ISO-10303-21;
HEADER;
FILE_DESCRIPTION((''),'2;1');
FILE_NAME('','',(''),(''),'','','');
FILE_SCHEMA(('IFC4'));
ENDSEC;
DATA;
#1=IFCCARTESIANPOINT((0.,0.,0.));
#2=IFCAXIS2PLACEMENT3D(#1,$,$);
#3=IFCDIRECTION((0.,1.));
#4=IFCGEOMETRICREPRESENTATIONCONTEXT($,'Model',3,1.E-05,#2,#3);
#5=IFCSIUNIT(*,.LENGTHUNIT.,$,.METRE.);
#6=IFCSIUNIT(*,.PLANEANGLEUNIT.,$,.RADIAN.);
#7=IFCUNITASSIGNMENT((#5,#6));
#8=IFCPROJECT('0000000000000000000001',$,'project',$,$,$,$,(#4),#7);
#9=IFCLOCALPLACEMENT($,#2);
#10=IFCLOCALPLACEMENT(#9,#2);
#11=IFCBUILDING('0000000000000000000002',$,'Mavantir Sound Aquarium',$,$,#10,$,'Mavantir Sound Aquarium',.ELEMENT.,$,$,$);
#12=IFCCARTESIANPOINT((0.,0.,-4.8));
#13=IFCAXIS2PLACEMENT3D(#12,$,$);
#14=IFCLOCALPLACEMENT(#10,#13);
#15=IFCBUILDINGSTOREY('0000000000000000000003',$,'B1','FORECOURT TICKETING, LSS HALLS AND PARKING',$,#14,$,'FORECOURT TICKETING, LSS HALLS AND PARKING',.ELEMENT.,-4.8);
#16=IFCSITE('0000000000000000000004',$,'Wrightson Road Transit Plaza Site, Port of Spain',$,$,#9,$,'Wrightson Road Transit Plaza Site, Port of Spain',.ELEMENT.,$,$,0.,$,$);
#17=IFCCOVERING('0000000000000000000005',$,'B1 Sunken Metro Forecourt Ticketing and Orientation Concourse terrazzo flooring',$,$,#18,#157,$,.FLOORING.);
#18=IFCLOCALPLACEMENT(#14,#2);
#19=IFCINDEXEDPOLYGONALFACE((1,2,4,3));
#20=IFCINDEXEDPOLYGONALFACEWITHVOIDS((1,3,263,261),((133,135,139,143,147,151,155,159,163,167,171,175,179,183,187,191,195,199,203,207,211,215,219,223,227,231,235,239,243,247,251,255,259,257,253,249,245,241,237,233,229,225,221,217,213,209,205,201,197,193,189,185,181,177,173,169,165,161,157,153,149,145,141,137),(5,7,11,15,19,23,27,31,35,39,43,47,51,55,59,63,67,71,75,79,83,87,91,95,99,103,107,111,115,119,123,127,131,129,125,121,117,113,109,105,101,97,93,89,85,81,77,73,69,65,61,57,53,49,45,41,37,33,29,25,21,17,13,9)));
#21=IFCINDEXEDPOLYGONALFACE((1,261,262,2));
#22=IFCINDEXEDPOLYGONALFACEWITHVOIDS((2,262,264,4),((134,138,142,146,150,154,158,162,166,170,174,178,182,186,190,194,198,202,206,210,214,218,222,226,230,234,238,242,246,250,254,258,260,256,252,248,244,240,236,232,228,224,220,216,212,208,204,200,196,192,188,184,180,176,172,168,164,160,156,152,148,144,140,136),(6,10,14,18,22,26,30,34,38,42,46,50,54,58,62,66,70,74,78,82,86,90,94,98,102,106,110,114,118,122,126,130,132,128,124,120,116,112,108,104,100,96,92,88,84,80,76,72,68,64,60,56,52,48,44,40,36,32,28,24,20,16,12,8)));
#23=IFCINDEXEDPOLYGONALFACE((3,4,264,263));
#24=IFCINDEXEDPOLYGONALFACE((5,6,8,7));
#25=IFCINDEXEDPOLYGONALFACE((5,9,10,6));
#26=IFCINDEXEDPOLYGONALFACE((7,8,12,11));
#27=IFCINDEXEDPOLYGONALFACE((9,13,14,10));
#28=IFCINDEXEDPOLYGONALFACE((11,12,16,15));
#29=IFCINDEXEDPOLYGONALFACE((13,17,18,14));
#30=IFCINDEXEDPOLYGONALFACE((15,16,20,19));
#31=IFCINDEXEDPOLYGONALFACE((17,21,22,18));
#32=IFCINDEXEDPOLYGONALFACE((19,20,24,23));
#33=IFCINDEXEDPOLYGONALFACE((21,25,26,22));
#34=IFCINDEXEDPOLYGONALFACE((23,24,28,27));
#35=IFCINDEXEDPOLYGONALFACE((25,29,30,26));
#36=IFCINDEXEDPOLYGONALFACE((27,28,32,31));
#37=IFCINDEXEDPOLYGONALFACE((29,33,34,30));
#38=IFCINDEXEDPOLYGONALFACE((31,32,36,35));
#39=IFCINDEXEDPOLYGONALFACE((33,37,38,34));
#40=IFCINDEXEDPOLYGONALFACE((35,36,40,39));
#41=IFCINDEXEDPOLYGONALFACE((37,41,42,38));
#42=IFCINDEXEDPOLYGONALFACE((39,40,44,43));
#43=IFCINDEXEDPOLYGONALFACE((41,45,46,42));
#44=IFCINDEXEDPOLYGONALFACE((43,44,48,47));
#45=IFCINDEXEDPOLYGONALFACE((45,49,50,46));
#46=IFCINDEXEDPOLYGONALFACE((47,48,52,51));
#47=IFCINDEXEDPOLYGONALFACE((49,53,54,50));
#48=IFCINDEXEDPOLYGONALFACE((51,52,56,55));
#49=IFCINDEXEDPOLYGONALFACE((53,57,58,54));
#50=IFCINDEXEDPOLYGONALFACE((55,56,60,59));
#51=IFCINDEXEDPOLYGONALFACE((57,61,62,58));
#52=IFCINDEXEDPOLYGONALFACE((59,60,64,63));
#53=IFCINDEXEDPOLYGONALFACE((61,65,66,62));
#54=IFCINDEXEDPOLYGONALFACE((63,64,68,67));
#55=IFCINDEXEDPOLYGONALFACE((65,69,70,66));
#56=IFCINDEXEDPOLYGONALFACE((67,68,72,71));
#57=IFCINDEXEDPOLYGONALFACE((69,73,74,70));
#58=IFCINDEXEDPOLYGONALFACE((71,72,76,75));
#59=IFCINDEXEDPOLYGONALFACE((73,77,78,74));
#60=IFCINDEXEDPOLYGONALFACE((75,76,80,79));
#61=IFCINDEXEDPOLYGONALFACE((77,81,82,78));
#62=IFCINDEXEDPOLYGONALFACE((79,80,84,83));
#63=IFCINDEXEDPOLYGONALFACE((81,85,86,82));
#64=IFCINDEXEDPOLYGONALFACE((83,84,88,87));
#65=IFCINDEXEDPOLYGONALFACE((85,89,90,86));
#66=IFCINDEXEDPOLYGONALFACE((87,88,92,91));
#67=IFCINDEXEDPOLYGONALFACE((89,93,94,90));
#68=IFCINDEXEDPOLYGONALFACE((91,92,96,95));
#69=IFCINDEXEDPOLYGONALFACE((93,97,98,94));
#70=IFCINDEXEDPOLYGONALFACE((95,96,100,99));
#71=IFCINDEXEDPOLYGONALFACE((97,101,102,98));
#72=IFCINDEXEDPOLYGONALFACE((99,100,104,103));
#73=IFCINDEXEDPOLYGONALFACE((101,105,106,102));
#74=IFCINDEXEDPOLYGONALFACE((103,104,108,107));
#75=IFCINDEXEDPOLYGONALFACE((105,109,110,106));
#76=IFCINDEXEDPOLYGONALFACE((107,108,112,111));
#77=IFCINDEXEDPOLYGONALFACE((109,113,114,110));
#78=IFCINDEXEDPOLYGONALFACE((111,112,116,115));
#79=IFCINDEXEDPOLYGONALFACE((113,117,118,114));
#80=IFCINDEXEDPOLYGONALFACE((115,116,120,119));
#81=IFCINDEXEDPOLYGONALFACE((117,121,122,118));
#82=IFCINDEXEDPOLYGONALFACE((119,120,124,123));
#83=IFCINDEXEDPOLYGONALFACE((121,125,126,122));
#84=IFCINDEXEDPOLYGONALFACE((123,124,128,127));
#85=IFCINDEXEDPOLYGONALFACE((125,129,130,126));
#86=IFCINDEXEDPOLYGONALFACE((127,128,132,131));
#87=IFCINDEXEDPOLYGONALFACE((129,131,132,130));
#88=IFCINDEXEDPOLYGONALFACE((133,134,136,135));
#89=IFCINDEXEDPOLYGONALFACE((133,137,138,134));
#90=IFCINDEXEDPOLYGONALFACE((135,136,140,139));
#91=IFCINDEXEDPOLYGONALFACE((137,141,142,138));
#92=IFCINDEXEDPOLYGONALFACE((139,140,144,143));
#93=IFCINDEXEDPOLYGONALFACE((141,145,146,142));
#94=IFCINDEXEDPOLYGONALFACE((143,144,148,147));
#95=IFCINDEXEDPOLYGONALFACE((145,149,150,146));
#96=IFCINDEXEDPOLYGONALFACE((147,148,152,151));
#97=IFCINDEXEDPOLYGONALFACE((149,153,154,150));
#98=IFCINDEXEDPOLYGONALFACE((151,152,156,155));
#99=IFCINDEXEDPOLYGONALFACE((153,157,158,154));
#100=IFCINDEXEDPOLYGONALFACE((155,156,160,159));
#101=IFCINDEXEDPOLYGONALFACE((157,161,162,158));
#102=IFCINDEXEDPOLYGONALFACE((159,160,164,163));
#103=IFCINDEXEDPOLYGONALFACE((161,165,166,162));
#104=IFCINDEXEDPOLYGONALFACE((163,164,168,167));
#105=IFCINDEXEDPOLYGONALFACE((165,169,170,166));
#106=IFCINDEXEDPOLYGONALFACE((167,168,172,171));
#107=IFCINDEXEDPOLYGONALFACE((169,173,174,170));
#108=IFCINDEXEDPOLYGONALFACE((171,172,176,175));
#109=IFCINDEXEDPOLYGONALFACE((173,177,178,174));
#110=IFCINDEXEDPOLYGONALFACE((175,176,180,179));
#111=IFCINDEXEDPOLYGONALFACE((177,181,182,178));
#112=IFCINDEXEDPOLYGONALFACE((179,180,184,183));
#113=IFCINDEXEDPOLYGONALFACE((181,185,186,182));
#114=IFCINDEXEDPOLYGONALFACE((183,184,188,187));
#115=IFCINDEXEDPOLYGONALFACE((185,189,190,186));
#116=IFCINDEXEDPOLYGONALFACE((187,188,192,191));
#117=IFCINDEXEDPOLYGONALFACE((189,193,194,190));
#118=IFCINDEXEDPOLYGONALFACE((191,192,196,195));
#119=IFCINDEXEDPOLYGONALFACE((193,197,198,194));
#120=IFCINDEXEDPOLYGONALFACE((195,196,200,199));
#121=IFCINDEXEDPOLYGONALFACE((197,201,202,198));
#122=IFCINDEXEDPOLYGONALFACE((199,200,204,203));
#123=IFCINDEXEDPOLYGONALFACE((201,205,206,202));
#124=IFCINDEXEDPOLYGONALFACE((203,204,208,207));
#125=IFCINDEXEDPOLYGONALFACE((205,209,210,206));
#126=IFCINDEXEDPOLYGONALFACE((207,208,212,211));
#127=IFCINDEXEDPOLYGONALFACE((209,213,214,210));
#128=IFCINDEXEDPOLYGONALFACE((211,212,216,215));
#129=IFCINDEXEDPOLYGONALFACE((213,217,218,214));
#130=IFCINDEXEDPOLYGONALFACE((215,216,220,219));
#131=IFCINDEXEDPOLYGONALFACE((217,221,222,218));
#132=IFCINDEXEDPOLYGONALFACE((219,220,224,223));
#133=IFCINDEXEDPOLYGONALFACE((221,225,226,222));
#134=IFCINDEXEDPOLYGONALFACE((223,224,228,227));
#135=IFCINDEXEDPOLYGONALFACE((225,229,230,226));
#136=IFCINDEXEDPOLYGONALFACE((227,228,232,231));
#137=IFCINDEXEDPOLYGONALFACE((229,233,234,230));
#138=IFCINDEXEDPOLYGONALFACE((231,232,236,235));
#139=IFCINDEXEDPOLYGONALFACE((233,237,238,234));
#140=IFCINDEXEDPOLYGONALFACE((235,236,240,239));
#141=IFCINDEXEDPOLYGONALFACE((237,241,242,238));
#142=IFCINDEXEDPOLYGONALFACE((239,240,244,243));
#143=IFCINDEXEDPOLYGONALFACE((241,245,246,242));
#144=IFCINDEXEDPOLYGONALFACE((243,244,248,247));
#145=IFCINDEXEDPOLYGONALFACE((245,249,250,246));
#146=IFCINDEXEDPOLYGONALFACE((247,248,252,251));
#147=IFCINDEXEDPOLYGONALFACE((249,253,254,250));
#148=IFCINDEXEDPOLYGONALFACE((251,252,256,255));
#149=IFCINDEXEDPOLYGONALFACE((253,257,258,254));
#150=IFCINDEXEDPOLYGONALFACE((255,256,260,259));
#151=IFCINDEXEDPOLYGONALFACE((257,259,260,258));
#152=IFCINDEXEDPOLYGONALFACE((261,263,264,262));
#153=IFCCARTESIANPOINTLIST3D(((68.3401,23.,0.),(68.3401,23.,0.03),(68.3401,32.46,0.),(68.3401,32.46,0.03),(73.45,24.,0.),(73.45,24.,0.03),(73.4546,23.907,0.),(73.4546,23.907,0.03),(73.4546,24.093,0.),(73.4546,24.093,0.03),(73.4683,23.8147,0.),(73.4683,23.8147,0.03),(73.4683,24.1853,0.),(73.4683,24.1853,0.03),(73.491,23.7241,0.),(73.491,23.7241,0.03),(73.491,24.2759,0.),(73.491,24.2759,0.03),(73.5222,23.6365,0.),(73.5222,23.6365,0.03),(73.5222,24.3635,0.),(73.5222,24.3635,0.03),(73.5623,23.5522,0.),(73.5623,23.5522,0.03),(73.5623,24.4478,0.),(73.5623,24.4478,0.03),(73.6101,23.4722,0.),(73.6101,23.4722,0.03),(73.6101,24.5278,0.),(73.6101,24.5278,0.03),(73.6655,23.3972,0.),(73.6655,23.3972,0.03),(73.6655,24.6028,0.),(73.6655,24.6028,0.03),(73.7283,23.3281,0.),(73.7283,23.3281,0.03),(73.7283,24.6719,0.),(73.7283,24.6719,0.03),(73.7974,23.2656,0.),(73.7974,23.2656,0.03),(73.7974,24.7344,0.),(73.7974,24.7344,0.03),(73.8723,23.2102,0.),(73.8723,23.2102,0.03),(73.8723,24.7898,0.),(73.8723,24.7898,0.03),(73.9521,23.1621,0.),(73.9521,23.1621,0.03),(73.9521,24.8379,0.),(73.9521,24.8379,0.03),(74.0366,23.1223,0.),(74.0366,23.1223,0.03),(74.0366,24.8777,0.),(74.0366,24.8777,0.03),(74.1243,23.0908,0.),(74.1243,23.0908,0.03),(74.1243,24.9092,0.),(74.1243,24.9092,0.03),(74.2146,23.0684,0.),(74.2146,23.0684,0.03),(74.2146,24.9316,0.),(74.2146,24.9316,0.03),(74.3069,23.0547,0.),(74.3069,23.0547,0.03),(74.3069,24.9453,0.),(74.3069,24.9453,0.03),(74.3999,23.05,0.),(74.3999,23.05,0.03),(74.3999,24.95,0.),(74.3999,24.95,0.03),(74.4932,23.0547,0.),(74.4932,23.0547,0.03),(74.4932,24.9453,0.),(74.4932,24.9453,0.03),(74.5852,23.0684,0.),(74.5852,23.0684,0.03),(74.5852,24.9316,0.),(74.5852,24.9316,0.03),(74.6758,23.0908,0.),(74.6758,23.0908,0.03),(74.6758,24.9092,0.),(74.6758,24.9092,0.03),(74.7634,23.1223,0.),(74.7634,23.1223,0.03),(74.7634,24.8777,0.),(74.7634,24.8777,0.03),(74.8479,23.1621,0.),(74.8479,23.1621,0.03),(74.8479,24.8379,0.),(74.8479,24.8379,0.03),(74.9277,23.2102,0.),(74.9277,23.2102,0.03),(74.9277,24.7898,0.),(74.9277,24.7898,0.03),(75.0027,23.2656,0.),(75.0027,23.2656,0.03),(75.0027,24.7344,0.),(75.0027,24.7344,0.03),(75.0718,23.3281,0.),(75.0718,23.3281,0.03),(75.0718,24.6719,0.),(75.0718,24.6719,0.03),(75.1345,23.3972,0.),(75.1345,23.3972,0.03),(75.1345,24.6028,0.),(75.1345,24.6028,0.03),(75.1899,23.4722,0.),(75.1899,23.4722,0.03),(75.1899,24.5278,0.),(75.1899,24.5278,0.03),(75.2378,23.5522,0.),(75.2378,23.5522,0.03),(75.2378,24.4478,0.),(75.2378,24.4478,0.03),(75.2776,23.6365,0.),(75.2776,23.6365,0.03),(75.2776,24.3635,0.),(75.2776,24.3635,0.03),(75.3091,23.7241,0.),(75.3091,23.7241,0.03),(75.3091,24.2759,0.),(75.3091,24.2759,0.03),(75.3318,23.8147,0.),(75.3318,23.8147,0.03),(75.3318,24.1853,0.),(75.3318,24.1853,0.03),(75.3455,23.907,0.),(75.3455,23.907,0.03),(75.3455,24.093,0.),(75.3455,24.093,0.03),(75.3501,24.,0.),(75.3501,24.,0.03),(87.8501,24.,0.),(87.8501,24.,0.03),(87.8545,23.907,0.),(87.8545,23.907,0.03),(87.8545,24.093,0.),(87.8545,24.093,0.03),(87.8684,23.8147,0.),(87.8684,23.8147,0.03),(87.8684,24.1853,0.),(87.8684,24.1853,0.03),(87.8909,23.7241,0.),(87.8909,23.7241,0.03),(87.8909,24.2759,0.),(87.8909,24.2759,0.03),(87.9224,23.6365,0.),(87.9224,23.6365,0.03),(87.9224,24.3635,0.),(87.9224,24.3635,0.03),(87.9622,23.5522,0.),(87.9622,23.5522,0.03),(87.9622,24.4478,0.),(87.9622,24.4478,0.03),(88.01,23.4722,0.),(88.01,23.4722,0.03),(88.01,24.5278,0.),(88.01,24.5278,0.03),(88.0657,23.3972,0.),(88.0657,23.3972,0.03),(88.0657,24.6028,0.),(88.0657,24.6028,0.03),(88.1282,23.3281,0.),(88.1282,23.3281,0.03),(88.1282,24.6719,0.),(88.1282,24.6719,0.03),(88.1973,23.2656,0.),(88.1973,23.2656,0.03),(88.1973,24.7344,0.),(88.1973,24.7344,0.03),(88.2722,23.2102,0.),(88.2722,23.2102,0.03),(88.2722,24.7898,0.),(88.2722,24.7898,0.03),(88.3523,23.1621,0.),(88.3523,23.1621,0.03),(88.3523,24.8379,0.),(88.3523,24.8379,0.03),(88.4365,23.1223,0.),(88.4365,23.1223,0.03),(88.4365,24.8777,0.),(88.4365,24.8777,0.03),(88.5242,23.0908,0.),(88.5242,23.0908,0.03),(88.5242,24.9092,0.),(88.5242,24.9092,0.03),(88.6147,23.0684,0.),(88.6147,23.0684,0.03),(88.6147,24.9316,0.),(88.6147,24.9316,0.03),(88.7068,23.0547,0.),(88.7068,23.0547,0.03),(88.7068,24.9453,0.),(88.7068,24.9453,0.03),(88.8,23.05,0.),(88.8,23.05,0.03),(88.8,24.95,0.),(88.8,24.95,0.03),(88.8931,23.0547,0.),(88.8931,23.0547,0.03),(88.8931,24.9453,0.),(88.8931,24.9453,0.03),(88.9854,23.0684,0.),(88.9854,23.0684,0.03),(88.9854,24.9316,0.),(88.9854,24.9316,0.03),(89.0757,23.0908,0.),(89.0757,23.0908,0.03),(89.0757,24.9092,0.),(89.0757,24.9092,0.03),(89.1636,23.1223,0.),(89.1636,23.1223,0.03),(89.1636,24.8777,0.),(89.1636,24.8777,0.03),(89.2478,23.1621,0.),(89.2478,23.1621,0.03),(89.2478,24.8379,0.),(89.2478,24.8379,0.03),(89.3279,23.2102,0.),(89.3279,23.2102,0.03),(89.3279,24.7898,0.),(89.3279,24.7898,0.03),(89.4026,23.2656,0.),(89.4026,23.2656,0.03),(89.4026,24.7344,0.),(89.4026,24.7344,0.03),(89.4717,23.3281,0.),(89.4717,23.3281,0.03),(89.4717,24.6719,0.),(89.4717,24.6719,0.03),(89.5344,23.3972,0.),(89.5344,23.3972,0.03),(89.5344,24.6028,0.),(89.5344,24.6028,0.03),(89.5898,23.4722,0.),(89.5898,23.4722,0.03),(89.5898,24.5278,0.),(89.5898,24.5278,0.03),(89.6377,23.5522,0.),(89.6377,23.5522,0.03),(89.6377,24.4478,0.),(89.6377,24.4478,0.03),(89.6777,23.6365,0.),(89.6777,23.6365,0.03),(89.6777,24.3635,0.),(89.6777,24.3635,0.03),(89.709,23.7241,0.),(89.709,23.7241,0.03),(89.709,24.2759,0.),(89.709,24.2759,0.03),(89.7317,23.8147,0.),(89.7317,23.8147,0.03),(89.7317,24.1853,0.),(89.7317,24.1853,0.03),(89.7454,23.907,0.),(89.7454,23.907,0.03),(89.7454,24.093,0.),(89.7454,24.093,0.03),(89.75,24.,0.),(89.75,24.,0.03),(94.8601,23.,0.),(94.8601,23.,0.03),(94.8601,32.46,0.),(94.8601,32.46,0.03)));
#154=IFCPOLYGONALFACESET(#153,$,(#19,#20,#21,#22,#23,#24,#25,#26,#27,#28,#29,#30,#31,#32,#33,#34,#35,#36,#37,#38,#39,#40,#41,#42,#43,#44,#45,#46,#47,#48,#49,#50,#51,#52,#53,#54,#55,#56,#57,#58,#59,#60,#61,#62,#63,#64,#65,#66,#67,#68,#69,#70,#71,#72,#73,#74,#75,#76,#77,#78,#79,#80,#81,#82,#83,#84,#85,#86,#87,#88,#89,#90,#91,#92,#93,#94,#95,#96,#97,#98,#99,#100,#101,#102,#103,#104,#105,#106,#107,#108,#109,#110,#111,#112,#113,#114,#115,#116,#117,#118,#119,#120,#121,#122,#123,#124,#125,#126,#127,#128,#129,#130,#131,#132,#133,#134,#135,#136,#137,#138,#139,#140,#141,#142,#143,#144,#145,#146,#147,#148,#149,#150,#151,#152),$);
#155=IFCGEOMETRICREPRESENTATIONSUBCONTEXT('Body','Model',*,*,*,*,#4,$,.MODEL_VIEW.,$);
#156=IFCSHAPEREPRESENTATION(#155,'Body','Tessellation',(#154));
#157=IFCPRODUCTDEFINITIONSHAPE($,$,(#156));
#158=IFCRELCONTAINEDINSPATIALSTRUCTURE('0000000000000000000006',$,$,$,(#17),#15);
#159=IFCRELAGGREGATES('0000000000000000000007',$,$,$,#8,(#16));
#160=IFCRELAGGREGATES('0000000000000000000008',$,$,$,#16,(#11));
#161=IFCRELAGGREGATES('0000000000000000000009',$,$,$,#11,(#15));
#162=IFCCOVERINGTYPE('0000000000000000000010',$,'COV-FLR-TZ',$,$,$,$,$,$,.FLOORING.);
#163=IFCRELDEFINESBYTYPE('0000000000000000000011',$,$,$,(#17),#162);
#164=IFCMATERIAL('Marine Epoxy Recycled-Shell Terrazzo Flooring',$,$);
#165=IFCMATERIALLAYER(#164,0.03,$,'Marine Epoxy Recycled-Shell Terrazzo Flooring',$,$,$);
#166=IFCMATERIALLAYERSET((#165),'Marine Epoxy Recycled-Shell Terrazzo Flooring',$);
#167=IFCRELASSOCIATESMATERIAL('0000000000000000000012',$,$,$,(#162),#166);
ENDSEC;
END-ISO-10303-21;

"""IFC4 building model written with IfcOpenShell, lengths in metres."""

from ifc_helpers import new_model, si_unit, direction, frame, origin, place, context, subcontext, project, spatial, polyline, outline, extrude, material, layer, layer_set, type_object, element, save


model = new_model("IFC4")

# Units and contexts
model_context = context("Model", 3, precision=1e-05, world=origin(), true_north=direction((0.0, 1.0)))
body_context = subcontext(model_context, "Body", "Model", "MODEL_VIEW")
ifc_project = project(units=[si_unit("LENGTHUNIT", "METRE"), si_unit("PLANEANGLEUNIT", "RADIAN")], contexts=[model_context])

# Site, building, storey
site_placement = place(None, origin())
site = spatial("IfcSite", under=ifc_project, at=site_placement, Name="Wrightson Road Transit Plaza Site, Port of Spain", LongName="Wrightson Road Transit Plaza Site, Port of Spain", CompositionType="ELEMENT", RefElevation=0.0)
building_placement = place(site_placement, origin())
building = spatial("IfcBuilding", under=site, at=building_placement, Name="Mavantir Sound Aquarium", LongName="Mavantir Sound Aquarium", CompositionType="ELEMENT")
storey_placement = place(building_placement, frame((0.0, 0.0, -4.8)))
storey = spatial("IfcBuildingStorey", under=building, at=storey_placement, Name="B1", Description="FORECOURT TICKETING, LSS HALLS AND PARKING", LongName="FORECOURT TICKETING, LSS HALLS AND PARKING", CompositionType="ELEMENT", Elevation=-4.8)

# Covering
ifc_material_1 = material(Name="Marine Epoxy Recycled-Shell Terrazzo Flooring")
ifc_layer_1 = layer(ifc_material_1, 0.03, Name="Marine Epoxy Recycled-Shell Terrazzo Flooring")
ifc_layer_set_1 = layer_set([ifc_layer_1], Name="Marine Epoxy Recycled-Shell Terrazzo Flooring")
covering_type_1 = type_object("IfcCoveringType", Name="COV-FLR-TZ", PredefinedType="FLOORING", material=ifc_layer_set_1)
covering_1_placement = place(storey_placement, origin())
element("IfcCovering", 1, at=covering_1_placement, inside=storey, type_object=covering_type_1, Name="B1 Sunken Metro Forecourt Ticketing and Orientation Concourse terrazzo flooring", PredefinedType="FLOORING", context=body_context, shape_type="SweptSolid", body=[
    extrude(outline(polyline([(94.8601, 32.46), (94.8601, 23.0), (68.3401, 23.0), (68.3401, 32.46), (94.8601, 32.46)]), holes=[polyline([(75.1345, 23.3972), (75.1899, 23.4722), (75.2378, 23.5522), (75.2776, 23.6365), (75.3091, 23.7241), (75.3318, 23.8147), (75.3455, 23.907), (75.3501, 24.0), (75.3455, 24.093), (75.3318, 24.1853), (75.3091, 24.2759), (75.2776, 24.3635), (75.2378, 24.4478), (75.1899, 24.5278), (75.1345, 24.6028), (75.0718, 24.6719), (75.0027, 24.7344), (74.9277, 24.7898), (74.8479, 24.8379), (74.7634, 24.8777), (74.6758, 24.9092), (74.5852, 24.9316), (74.4932, 24.9453), (74.3999, 24.95), (74.3069, 24.9453), (74.2146, 24.9316), (74.1243, 24.9092), (74.0366, 24.8777), (73.9521, 24.8379), (73.8723, 24.7898), (73.7974, 24.7344), (73.7283, 24.6719), (73.6655, 24.6028), (73.6101, 24.5278), (73.5623, 24.4478), (73.5222, 24.3635), (73.491, 24.2759), (73.4683, 24.1853), (73.4546, 24.093), (73.45, 24.0), (73.4546, 23.907), (73.4683, 23.8147), (73.491, 23.7241), (73.5222, 23.6365), (73.5623, 23.5522), (73.6101, 23.4722), (73.6655, 23.3972), (73.7283, 23.3281), (73.7974, 23.2656), (73.8723, 23.2102), (73.9521, 23.1621), (74.0366, 23.1223), (74.1243, 23.0908), (74.2146, 23.0684), (74.3069, 23.0547), (74.3999, 23.05), (74.4932, 23.0547), (74.5852, 23.0684), (74.6758, 23.0908), (74.7634, 23.1223), (74.8479, 23.1621), (74.9277, 23.2102), (75.0027, 23.2656), (75.0718, 23.3281), (75.1345, 23.3972)]), polyline([(89.4717, 23.3281), (89.5344, 23.3972), (89.5898, 23.4722), (89.6377, 23.5522), (89.6777, 23.6365), (89.709, 23.7241), (89.7317, 23.8147), (89.7454, 23.907), (89.75, 24.0), (89.7454, 24.093), (89.7317, 24.1853), (89.709, 24.2759), (89.6777, 24.3635), (89.6377, 24.4478), (89.5898, 24.5278), (89.5344, 24.6028), (89.4717, 24.6719), (89.4026, 24.7344), (89.3279, 24.7898), (89.2478, 24.8379), (89.1636, 24.8777), (89.0757, 24.9092), (88.9854, 24.9316), (88.8931, 24.9453), (88.8, 24.95), (88.7068, 24.9453), (88.6147, 24.9316), (88.5242, 24.9092), (88.4365, 24.8777), (88.3523, 24.8379), (88.2722, 24.7898), (88.1973, 24.7344), (88.1282, 24.6719), (88.0657, 24.6028), (88.01, 24.5278), (87.9622, 24.4478), (87.9224, 24.3635), (87.8909, 24.2759), (87.8684, 24.1853), (87.8545, 24.093), (87.8501, 24.0), (87.8545, 23.907), (87.8684, 23.8147), (87.8909, 23.7241), (87.9224, 23.6365), (87.9622, 23.5522), (88.01, 23.4722), (88.0657, 23.3972), (88.1282, 23.3281), (88.1973, 23.2656), (88.2722, 23.2102), (88.3523, 23.1621), (88.4365, 23.1223), (88.5242, 23.0908), (88.6147, 23.0684), (88.7068, 23.0547), (88.8, 23.05), (88.8931, 23.0547), (88.9854, 23.0684), (89.0757, 23.0908), (89.1636, 23.1223), (89.2478, 23.1621), (89.3279, 23.2102), (89.4026, 23.2656), (89.4717, 23.3281)])]), origin(), (0.0, 0.0, 1.0), 0.03),
])

save(model, "model.ifc")
